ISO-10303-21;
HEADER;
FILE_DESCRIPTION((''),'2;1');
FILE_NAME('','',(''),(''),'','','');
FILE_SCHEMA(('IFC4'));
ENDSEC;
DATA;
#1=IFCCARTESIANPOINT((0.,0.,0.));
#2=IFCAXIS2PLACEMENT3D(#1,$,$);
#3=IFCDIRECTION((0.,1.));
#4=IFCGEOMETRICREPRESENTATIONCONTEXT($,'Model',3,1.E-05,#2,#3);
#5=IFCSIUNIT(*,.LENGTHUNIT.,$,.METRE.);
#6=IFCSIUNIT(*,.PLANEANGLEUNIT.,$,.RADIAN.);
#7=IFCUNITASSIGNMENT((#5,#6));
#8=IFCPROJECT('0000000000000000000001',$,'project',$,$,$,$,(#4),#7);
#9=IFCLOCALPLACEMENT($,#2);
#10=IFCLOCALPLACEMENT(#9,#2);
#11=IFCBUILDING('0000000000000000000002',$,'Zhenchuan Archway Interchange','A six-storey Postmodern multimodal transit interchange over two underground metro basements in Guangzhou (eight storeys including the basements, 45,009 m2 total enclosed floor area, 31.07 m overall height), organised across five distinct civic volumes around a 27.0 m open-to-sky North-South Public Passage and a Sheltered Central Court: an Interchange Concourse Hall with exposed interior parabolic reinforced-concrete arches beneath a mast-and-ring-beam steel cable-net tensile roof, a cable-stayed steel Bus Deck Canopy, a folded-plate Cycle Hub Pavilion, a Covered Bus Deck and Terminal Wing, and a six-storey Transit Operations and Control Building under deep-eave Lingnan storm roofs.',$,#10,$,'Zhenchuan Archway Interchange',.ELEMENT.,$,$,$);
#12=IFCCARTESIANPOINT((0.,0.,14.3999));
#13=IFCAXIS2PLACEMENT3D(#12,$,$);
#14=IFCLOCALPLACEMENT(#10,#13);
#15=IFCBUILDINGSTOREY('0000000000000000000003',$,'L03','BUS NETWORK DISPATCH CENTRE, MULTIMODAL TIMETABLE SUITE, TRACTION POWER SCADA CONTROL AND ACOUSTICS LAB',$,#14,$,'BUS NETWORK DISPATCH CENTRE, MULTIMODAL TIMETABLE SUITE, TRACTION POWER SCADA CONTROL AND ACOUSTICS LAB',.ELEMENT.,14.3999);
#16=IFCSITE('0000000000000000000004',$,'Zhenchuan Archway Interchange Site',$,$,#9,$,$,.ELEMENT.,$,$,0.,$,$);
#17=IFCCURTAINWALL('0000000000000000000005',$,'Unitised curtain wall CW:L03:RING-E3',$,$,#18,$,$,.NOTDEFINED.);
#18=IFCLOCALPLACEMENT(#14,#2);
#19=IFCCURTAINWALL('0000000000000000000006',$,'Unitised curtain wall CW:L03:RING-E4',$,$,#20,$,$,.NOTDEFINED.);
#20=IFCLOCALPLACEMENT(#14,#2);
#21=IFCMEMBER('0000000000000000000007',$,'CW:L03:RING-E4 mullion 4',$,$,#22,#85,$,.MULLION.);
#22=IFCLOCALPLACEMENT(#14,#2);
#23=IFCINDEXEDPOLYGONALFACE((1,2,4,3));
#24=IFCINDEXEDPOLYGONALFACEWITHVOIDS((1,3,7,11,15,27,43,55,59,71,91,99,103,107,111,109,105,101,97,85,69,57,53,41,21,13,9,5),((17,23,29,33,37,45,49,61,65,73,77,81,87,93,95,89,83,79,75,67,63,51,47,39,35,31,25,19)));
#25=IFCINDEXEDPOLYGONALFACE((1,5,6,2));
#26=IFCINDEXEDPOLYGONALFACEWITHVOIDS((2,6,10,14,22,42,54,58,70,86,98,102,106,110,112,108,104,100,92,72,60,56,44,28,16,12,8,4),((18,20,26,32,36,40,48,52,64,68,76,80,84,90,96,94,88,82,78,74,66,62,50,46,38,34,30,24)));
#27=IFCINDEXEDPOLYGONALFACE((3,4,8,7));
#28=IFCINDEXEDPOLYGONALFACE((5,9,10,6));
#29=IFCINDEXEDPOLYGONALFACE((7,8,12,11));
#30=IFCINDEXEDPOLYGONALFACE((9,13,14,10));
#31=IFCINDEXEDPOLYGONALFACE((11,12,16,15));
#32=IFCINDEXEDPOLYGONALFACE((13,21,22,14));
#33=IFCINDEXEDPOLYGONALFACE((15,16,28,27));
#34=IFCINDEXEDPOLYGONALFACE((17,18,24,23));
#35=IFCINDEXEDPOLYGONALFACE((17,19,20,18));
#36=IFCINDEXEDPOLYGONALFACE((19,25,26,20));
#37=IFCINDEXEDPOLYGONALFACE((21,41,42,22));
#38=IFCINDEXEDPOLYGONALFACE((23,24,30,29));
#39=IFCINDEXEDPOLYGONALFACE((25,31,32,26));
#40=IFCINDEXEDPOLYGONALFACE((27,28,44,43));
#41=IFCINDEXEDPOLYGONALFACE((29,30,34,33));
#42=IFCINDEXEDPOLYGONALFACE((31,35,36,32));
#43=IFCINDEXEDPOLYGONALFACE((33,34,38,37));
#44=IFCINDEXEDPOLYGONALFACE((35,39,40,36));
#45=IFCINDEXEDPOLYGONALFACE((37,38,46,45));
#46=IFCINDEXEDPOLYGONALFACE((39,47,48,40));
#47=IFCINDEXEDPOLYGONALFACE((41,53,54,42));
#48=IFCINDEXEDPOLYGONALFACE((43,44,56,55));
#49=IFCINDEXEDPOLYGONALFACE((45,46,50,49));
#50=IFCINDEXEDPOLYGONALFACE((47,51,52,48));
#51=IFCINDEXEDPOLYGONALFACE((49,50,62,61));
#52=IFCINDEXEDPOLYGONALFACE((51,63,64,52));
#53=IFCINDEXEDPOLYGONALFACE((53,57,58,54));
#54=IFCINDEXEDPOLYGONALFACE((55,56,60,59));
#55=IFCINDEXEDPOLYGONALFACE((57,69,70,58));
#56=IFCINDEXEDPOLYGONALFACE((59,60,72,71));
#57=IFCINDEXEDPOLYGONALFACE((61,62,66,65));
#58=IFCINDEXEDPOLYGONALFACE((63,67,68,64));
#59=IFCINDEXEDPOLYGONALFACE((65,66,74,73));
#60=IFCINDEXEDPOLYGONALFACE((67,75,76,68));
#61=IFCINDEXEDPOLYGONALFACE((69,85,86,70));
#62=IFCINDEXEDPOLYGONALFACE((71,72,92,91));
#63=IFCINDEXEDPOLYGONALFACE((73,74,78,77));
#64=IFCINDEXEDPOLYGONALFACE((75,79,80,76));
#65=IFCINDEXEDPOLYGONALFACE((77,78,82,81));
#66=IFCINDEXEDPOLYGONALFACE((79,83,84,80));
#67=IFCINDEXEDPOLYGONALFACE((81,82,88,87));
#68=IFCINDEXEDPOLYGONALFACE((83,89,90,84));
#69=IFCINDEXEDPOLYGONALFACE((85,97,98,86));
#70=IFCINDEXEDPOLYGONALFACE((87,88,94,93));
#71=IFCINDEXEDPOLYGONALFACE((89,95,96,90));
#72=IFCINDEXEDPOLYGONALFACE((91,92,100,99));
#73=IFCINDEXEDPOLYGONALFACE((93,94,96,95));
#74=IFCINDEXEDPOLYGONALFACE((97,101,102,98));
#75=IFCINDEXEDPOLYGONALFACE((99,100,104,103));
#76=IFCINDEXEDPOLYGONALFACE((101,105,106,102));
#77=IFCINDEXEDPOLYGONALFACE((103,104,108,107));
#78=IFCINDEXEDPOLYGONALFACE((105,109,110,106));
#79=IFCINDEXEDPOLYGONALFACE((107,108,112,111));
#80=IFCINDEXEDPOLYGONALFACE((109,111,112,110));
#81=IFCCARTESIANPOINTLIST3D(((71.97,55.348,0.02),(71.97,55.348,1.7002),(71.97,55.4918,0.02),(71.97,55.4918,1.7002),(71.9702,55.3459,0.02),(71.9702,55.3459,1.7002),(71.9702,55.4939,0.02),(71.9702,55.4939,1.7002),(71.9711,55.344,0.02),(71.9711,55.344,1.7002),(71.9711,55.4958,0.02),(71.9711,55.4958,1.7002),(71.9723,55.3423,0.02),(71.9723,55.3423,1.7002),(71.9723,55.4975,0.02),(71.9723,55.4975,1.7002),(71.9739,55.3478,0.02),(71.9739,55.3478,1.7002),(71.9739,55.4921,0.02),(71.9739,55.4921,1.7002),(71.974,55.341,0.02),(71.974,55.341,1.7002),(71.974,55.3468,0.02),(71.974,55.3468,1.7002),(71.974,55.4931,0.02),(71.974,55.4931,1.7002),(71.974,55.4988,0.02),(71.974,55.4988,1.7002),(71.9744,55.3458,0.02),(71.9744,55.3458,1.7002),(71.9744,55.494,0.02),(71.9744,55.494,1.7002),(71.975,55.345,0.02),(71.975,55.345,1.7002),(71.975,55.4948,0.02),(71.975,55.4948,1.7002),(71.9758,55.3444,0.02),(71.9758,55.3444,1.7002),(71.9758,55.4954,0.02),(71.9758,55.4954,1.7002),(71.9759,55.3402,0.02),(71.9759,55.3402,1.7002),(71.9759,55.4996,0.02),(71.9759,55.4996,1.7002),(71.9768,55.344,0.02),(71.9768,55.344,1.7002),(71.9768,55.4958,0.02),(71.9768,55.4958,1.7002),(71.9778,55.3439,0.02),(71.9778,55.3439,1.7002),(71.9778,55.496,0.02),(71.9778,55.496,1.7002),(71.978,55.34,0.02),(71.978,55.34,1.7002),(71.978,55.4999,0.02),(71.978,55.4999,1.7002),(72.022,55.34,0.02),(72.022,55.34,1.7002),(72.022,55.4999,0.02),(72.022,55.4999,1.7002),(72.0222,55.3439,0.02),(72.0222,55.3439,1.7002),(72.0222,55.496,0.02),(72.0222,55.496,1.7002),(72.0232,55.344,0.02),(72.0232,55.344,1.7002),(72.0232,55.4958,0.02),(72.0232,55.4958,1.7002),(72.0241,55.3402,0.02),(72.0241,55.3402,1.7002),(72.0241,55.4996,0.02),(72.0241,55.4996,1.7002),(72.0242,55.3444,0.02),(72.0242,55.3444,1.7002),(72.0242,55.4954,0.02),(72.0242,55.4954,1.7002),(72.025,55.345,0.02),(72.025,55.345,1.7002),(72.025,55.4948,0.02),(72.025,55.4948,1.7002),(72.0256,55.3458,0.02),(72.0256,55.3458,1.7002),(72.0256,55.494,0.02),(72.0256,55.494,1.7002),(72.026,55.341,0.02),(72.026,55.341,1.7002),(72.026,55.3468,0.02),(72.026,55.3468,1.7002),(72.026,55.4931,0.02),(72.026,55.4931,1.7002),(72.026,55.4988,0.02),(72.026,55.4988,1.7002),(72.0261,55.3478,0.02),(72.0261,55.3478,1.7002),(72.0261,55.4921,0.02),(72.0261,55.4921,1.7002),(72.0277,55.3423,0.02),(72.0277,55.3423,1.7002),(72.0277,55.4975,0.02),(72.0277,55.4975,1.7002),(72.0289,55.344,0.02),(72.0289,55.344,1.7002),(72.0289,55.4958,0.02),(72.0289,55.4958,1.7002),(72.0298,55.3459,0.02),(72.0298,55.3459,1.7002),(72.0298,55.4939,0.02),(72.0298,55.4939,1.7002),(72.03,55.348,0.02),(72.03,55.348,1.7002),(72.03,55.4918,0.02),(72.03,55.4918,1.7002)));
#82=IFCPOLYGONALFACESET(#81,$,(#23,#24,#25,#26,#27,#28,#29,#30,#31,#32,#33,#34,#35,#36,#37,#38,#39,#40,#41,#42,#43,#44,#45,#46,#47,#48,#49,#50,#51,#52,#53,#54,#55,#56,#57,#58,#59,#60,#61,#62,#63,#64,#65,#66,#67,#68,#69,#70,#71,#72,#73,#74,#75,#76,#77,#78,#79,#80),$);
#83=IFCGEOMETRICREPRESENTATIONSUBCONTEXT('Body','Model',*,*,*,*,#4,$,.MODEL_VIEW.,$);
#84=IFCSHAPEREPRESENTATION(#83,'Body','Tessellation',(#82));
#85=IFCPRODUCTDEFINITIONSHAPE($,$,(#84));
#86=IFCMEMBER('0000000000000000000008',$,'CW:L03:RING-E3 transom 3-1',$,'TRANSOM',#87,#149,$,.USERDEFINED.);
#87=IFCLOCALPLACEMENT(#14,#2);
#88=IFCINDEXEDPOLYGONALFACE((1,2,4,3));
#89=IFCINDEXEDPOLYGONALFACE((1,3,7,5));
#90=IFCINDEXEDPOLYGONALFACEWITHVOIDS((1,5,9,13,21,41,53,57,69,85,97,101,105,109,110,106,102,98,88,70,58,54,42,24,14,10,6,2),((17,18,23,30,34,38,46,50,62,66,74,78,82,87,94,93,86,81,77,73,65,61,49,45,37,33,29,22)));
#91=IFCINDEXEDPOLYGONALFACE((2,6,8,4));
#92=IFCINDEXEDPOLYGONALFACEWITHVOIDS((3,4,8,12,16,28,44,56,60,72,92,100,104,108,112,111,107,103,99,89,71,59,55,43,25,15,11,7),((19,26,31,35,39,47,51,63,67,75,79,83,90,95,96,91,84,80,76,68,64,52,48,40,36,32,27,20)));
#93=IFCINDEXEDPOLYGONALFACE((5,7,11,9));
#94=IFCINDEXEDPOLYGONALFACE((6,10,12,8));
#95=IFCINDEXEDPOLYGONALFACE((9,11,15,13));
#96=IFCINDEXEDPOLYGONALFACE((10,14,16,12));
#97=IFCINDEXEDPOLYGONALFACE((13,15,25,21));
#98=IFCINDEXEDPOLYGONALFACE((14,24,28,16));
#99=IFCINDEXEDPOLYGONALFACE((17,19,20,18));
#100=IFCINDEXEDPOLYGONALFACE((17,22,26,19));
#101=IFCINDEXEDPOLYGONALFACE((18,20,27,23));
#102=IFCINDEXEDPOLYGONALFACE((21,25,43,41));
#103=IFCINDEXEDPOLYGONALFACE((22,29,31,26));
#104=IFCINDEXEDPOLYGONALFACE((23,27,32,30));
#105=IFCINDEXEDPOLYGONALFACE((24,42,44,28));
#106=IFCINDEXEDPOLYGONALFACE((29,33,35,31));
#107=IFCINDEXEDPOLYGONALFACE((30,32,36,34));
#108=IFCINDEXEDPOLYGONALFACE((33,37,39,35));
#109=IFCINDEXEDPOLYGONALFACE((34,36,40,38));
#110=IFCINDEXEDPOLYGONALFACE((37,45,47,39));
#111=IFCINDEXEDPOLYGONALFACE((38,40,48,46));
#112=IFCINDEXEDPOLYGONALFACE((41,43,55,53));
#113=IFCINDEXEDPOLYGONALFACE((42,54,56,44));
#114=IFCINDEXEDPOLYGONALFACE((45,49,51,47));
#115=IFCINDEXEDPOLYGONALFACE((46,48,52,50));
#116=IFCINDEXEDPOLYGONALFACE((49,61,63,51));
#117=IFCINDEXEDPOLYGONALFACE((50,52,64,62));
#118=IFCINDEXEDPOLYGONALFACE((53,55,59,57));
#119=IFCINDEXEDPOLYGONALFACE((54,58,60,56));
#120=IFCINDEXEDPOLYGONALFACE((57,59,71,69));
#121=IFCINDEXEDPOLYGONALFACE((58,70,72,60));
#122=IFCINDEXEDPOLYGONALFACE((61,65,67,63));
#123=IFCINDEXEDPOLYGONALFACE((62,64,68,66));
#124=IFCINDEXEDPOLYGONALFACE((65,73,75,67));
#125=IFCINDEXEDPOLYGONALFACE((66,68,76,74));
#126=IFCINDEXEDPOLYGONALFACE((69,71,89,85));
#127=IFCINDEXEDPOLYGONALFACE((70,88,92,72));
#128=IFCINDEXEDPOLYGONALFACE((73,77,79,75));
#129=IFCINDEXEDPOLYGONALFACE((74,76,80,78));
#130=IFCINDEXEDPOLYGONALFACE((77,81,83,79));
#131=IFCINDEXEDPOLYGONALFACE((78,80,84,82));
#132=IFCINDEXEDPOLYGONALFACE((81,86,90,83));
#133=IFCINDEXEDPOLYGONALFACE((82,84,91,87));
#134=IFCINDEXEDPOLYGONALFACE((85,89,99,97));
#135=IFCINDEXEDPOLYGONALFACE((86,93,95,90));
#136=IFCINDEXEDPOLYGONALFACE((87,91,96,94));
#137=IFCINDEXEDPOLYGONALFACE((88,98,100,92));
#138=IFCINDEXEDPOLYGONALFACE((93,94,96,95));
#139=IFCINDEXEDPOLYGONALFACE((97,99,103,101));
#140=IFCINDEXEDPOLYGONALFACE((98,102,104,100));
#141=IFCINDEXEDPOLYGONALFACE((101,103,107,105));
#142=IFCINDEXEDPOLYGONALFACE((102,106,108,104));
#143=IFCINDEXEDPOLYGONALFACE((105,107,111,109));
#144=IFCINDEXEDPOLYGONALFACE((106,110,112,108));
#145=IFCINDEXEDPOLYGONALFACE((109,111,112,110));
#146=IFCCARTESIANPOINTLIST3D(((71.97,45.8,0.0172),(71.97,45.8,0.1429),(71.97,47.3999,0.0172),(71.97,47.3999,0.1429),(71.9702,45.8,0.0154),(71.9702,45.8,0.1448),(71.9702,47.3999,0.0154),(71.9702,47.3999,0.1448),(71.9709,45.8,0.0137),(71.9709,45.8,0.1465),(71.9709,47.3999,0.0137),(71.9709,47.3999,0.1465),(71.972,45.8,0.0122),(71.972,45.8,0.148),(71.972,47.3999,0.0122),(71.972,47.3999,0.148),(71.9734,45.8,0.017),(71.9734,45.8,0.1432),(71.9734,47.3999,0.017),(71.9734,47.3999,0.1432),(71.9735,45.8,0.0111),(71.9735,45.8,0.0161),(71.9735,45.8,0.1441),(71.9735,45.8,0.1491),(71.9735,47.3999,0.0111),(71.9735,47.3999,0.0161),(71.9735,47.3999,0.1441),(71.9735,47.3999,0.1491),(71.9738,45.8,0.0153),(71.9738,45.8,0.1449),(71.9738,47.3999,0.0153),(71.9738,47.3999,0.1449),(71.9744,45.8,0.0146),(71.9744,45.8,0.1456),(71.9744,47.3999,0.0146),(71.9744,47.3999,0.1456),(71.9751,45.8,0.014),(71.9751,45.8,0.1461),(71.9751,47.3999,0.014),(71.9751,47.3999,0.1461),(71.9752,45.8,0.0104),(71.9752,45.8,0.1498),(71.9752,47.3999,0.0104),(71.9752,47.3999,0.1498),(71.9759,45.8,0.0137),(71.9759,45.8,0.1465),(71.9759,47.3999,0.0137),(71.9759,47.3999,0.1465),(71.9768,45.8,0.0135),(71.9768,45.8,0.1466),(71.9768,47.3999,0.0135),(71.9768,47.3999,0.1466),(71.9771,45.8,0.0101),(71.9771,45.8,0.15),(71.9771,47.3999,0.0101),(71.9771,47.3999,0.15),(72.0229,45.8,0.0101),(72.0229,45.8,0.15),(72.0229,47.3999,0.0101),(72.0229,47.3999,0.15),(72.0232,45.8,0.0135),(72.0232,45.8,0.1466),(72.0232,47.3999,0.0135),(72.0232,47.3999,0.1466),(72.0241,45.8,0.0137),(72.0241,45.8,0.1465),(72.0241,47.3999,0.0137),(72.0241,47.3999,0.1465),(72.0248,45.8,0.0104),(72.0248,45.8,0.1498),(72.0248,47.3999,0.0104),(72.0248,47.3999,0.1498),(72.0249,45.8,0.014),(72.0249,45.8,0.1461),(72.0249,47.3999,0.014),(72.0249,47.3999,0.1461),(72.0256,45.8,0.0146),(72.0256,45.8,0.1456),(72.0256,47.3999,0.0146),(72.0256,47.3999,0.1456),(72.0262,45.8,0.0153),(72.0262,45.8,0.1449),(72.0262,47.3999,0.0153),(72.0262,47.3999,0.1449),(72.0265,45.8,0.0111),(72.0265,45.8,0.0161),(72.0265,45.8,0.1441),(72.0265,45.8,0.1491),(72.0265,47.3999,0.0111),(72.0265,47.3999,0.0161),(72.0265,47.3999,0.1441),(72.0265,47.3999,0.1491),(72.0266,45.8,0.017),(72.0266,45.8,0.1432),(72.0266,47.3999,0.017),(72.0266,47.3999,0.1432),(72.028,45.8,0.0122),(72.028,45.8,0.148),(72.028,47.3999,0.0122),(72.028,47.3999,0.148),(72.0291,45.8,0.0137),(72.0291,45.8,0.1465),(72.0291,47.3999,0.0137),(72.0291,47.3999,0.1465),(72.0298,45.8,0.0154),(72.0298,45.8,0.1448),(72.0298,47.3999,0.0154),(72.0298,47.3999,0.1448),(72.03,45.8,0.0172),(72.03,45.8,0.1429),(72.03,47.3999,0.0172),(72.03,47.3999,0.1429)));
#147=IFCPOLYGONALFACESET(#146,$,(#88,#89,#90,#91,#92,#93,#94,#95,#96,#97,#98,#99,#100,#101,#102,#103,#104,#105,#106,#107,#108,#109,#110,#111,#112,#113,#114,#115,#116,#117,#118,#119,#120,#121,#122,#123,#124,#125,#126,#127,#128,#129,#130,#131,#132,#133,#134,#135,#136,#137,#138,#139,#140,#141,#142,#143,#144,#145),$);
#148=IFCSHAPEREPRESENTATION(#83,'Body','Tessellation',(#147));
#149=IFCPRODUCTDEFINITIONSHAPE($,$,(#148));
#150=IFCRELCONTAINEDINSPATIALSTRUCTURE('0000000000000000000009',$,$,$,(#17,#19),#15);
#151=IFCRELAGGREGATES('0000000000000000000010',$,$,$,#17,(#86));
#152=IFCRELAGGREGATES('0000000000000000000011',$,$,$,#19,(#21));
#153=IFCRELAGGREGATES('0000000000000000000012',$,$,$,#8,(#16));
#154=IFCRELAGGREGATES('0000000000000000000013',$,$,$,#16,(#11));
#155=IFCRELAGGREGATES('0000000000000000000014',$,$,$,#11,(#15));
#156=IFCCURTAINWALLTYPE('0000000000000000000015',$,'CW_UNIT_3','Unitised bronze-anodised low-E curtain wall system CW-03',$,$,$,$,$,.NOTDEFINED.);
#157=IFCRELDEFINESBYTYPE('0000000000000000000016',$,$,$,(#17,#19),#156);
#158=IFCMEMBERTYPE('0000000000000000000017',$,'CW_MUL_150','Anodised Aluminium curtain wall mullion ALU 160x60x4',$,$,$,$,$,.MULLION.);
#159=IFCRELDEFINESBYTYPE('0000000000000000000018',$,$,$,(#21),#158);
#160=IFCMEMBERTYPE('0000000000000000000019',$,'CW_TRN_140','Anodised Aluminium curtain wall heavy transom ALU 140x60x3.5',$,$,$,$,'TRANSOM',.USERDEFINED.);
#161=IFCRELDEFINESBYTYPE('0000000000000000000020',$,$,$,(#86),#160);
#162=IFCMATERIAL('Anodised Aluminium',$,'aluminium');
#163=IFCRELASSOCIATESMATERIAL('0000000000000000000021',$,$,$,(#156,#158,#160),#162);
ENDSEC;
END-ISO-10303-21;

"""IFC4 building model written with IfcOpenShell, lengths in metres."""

from ifc_helpers import new_model, si_unit, direction, frame, origin, origin_2d, place, context, subcontext, project, spatial, hollow_rectangle, extrude, material, material_profile, profile_set, type_object, element, aggregate, save


model = new_model("IFC4")

# Units and contexts
model_context = context("Model", 3, precision=1e-05, world=origin(), true_north=direction((0.0, 1.0)))
body_context = subcontext(model_context, "Body", "Model", "MODEL_VIEW")
ifc_project = project(units=[si_unit("LENGTHUNIT", "METRE"), si_unit("PLANEANGLEUNIT", "RADIAN")], contexts=[model_context])

# Site, building, storey
site_placement = place(None, origin())
site = spatial("IfcSite", under=ifc_project, at=site_placement, Name="Zhenchuan Archway Interchange Site", CompositionType="ELEMENT", RefElevation=0.0)
building_placement = place(site_placement, origin())
building = spatial("IfcBuilding", under=site, at=building_placement, Name="Zhenchuan Archway Interchange", Description="A six-storey Postmodern multimodal transit interchange over two underground metro basements in Guangzhou (eight storeys including the basements, 45,009 m2 total enclosed floor area, 31.07 m overall height), organised across five distinct civic volumes around a 27.0 m open-to-sky North-South Public Passage and a Sheltered Central Court: an Interchange Concourse Hall with exposed interior parabolic reinforced-concrete arches beneath a mast-and-ring-beam steel cable-net tensile roof, a cable-stayed steel Bus Deck Canopy, a folded-plate Cycle Hub Pavilion, a Covered Bus Deck and Terminal Wing, and a six-storey Transit Operations and Control Building under deep-eave Lingnan storm roofs.", LongName="Zhenchuan Archway Interchange", CompositionType="ELEMENT")
storey_placement = place(building_placement, frame((0.0, 0.0, 14.3999)))
storey = spatial("IfcBuildingStorey", under=building, at=storey_placement, Name="L03", Description="BUS NETWORK DISPATCH CENTRE, MULTIMODAL TIMETABLE SUITE, TRACTION POWER SCADA CONTROL AND ACOUSTICS LAB", LongName="BUS NETWORK DISPATCH CENTRE, MULTIMODAL TIMETABLE SUITE, TRACTION POWER SCADA CONTROL AND ACOUSTICS LAB", CompositionType="ELEMENT", Elevation=14.3999)

# Curtain wall
ifc_material_1 = material(Name="Anodised Aluminium", Category="aluminium")
curtain_wall_type = type_object("IfcCurtainWallType", Name="CW_UNIT_3", Description="Unitised bronze-anodised low-E curtain wall system CW-03", PredefinedType="NOTDEFINED", material=ifc_material_1)
curtain_wall_1_placement = place(storey_placement, origin())
curtain_wall_1 = element("IfcCurtainWall", 1, at=curtain_wall_1_placement, inside=storey, type_object=curtain_wall_type, Name="Unitised curtain wall CW:L03:RING-E3", PredefinedType="NOTDEFINED")
ifc_material_profile_1 = material_profile(ifc_material_1, hollow_rectangle(XDim=0.0601, YDim=0.1599, WallThickness=0.0039, InnerFilletRadius=0.0039, OuterFilletRadius=0.0081, at=origin_2d()), Name="ALU 160x60x4")
ifc_profile_set_1 = profile_set([ifc_material_profile_1], Name="Anodised Aluminium")
member_type_1 = type_object("IfcMemberType", Name="CW_MUL_150", Description="Anodised Aluminium curtain wall mullion ALU 160x60x4", PredefinedType="MULLION", material=ifc_profile_set_1)

# Curtain wall, member
curtain_wall_2_placement = place(storey_placement, origin())
curtain_wall_2 = element("IfcCurtainWall", 2, at=curtain_wall_2_placement, inside=storey, type_object=curtain_wall_type, Name="Unitised curtain wall CW:L03:RING-E4", PredefinedType="NOTDEFINED")
member_1_placement = place(storey_placement, frame((72.0, 55.4199, 0.02), z_axis=(0.0, 0.0, 1.0), x_axis=(1.0, 0.0, 0.0)))
member_1 = element("IfcMember", 3, at=member_1_placement, type_object=member_type_1, Name="CW:L03:RING-E4 mullion 4", PredefinedType="MULLION", context=body_context, shape_type="SweptSolid", body=[
    extrude(hollow_rectangle(XDim=0.0601, YDim=0.1599, WallThickness=0.0039, InnerFilletRadius=0.0039, OuterFilletRadius=0.0081, at=origin_2d()), origin(), (0.0, 0.0, 1.0), 1.6802),
])

# Member
ifc_material_profile_2 = material_profile(ifc_material_1, hollow_rectangle(XDim=0.0601, YDim=0.1399, WallThickness=0.0034, InnerFilletRadius=0.0034, OuterFilletRadius=0.0071, at=origin_2d()), Name="ALU 140x60x3.5")
ifc_profile_set_2 = profile_set([ifc_material_profile_2], Name="Anodised Aluminium")
member_type_2 = type_object("IfcMemberType", Name="CW_TRN_140", Description="Anodised Aluminium curtain wall heavy transom ALU 140x60x3.5", ElementType="TRANSOM", PredefinedType="USERDEFINED", material=ifc_profile_set_2)
member_2_placement = place(storey_placement, frame((72.0, 45.8, 0.0801), z_axis=(0.0, 1.0, 0.0), x_axis=(-1.0, 0.0, 0.0)))
member_2 = element("IfcMember", 4, at=member_2_placement, type_object=member_type_2, Name="CW:L03:RING-E3 transom 3-1", ObjectType="TRANSOM", PredefinedType="USERDEFINED", context=body_context, shape_type="SweptSolid", body=[
    extrude(hollow_rectangle(XDim=0.0601, YDim=0.1399, WallThickness=0.0034, InnerFilletRadius=0.0034, OuterFilletRadius=0.0071, at=origin_2d()), origin(), (0.0, 0.0, 1.0), 1.5999),
])

aggregate(curtain_wall_1, [member_2])
aggregate(curtain_wall_2, [member_1])

save(model, "model.ifc")
